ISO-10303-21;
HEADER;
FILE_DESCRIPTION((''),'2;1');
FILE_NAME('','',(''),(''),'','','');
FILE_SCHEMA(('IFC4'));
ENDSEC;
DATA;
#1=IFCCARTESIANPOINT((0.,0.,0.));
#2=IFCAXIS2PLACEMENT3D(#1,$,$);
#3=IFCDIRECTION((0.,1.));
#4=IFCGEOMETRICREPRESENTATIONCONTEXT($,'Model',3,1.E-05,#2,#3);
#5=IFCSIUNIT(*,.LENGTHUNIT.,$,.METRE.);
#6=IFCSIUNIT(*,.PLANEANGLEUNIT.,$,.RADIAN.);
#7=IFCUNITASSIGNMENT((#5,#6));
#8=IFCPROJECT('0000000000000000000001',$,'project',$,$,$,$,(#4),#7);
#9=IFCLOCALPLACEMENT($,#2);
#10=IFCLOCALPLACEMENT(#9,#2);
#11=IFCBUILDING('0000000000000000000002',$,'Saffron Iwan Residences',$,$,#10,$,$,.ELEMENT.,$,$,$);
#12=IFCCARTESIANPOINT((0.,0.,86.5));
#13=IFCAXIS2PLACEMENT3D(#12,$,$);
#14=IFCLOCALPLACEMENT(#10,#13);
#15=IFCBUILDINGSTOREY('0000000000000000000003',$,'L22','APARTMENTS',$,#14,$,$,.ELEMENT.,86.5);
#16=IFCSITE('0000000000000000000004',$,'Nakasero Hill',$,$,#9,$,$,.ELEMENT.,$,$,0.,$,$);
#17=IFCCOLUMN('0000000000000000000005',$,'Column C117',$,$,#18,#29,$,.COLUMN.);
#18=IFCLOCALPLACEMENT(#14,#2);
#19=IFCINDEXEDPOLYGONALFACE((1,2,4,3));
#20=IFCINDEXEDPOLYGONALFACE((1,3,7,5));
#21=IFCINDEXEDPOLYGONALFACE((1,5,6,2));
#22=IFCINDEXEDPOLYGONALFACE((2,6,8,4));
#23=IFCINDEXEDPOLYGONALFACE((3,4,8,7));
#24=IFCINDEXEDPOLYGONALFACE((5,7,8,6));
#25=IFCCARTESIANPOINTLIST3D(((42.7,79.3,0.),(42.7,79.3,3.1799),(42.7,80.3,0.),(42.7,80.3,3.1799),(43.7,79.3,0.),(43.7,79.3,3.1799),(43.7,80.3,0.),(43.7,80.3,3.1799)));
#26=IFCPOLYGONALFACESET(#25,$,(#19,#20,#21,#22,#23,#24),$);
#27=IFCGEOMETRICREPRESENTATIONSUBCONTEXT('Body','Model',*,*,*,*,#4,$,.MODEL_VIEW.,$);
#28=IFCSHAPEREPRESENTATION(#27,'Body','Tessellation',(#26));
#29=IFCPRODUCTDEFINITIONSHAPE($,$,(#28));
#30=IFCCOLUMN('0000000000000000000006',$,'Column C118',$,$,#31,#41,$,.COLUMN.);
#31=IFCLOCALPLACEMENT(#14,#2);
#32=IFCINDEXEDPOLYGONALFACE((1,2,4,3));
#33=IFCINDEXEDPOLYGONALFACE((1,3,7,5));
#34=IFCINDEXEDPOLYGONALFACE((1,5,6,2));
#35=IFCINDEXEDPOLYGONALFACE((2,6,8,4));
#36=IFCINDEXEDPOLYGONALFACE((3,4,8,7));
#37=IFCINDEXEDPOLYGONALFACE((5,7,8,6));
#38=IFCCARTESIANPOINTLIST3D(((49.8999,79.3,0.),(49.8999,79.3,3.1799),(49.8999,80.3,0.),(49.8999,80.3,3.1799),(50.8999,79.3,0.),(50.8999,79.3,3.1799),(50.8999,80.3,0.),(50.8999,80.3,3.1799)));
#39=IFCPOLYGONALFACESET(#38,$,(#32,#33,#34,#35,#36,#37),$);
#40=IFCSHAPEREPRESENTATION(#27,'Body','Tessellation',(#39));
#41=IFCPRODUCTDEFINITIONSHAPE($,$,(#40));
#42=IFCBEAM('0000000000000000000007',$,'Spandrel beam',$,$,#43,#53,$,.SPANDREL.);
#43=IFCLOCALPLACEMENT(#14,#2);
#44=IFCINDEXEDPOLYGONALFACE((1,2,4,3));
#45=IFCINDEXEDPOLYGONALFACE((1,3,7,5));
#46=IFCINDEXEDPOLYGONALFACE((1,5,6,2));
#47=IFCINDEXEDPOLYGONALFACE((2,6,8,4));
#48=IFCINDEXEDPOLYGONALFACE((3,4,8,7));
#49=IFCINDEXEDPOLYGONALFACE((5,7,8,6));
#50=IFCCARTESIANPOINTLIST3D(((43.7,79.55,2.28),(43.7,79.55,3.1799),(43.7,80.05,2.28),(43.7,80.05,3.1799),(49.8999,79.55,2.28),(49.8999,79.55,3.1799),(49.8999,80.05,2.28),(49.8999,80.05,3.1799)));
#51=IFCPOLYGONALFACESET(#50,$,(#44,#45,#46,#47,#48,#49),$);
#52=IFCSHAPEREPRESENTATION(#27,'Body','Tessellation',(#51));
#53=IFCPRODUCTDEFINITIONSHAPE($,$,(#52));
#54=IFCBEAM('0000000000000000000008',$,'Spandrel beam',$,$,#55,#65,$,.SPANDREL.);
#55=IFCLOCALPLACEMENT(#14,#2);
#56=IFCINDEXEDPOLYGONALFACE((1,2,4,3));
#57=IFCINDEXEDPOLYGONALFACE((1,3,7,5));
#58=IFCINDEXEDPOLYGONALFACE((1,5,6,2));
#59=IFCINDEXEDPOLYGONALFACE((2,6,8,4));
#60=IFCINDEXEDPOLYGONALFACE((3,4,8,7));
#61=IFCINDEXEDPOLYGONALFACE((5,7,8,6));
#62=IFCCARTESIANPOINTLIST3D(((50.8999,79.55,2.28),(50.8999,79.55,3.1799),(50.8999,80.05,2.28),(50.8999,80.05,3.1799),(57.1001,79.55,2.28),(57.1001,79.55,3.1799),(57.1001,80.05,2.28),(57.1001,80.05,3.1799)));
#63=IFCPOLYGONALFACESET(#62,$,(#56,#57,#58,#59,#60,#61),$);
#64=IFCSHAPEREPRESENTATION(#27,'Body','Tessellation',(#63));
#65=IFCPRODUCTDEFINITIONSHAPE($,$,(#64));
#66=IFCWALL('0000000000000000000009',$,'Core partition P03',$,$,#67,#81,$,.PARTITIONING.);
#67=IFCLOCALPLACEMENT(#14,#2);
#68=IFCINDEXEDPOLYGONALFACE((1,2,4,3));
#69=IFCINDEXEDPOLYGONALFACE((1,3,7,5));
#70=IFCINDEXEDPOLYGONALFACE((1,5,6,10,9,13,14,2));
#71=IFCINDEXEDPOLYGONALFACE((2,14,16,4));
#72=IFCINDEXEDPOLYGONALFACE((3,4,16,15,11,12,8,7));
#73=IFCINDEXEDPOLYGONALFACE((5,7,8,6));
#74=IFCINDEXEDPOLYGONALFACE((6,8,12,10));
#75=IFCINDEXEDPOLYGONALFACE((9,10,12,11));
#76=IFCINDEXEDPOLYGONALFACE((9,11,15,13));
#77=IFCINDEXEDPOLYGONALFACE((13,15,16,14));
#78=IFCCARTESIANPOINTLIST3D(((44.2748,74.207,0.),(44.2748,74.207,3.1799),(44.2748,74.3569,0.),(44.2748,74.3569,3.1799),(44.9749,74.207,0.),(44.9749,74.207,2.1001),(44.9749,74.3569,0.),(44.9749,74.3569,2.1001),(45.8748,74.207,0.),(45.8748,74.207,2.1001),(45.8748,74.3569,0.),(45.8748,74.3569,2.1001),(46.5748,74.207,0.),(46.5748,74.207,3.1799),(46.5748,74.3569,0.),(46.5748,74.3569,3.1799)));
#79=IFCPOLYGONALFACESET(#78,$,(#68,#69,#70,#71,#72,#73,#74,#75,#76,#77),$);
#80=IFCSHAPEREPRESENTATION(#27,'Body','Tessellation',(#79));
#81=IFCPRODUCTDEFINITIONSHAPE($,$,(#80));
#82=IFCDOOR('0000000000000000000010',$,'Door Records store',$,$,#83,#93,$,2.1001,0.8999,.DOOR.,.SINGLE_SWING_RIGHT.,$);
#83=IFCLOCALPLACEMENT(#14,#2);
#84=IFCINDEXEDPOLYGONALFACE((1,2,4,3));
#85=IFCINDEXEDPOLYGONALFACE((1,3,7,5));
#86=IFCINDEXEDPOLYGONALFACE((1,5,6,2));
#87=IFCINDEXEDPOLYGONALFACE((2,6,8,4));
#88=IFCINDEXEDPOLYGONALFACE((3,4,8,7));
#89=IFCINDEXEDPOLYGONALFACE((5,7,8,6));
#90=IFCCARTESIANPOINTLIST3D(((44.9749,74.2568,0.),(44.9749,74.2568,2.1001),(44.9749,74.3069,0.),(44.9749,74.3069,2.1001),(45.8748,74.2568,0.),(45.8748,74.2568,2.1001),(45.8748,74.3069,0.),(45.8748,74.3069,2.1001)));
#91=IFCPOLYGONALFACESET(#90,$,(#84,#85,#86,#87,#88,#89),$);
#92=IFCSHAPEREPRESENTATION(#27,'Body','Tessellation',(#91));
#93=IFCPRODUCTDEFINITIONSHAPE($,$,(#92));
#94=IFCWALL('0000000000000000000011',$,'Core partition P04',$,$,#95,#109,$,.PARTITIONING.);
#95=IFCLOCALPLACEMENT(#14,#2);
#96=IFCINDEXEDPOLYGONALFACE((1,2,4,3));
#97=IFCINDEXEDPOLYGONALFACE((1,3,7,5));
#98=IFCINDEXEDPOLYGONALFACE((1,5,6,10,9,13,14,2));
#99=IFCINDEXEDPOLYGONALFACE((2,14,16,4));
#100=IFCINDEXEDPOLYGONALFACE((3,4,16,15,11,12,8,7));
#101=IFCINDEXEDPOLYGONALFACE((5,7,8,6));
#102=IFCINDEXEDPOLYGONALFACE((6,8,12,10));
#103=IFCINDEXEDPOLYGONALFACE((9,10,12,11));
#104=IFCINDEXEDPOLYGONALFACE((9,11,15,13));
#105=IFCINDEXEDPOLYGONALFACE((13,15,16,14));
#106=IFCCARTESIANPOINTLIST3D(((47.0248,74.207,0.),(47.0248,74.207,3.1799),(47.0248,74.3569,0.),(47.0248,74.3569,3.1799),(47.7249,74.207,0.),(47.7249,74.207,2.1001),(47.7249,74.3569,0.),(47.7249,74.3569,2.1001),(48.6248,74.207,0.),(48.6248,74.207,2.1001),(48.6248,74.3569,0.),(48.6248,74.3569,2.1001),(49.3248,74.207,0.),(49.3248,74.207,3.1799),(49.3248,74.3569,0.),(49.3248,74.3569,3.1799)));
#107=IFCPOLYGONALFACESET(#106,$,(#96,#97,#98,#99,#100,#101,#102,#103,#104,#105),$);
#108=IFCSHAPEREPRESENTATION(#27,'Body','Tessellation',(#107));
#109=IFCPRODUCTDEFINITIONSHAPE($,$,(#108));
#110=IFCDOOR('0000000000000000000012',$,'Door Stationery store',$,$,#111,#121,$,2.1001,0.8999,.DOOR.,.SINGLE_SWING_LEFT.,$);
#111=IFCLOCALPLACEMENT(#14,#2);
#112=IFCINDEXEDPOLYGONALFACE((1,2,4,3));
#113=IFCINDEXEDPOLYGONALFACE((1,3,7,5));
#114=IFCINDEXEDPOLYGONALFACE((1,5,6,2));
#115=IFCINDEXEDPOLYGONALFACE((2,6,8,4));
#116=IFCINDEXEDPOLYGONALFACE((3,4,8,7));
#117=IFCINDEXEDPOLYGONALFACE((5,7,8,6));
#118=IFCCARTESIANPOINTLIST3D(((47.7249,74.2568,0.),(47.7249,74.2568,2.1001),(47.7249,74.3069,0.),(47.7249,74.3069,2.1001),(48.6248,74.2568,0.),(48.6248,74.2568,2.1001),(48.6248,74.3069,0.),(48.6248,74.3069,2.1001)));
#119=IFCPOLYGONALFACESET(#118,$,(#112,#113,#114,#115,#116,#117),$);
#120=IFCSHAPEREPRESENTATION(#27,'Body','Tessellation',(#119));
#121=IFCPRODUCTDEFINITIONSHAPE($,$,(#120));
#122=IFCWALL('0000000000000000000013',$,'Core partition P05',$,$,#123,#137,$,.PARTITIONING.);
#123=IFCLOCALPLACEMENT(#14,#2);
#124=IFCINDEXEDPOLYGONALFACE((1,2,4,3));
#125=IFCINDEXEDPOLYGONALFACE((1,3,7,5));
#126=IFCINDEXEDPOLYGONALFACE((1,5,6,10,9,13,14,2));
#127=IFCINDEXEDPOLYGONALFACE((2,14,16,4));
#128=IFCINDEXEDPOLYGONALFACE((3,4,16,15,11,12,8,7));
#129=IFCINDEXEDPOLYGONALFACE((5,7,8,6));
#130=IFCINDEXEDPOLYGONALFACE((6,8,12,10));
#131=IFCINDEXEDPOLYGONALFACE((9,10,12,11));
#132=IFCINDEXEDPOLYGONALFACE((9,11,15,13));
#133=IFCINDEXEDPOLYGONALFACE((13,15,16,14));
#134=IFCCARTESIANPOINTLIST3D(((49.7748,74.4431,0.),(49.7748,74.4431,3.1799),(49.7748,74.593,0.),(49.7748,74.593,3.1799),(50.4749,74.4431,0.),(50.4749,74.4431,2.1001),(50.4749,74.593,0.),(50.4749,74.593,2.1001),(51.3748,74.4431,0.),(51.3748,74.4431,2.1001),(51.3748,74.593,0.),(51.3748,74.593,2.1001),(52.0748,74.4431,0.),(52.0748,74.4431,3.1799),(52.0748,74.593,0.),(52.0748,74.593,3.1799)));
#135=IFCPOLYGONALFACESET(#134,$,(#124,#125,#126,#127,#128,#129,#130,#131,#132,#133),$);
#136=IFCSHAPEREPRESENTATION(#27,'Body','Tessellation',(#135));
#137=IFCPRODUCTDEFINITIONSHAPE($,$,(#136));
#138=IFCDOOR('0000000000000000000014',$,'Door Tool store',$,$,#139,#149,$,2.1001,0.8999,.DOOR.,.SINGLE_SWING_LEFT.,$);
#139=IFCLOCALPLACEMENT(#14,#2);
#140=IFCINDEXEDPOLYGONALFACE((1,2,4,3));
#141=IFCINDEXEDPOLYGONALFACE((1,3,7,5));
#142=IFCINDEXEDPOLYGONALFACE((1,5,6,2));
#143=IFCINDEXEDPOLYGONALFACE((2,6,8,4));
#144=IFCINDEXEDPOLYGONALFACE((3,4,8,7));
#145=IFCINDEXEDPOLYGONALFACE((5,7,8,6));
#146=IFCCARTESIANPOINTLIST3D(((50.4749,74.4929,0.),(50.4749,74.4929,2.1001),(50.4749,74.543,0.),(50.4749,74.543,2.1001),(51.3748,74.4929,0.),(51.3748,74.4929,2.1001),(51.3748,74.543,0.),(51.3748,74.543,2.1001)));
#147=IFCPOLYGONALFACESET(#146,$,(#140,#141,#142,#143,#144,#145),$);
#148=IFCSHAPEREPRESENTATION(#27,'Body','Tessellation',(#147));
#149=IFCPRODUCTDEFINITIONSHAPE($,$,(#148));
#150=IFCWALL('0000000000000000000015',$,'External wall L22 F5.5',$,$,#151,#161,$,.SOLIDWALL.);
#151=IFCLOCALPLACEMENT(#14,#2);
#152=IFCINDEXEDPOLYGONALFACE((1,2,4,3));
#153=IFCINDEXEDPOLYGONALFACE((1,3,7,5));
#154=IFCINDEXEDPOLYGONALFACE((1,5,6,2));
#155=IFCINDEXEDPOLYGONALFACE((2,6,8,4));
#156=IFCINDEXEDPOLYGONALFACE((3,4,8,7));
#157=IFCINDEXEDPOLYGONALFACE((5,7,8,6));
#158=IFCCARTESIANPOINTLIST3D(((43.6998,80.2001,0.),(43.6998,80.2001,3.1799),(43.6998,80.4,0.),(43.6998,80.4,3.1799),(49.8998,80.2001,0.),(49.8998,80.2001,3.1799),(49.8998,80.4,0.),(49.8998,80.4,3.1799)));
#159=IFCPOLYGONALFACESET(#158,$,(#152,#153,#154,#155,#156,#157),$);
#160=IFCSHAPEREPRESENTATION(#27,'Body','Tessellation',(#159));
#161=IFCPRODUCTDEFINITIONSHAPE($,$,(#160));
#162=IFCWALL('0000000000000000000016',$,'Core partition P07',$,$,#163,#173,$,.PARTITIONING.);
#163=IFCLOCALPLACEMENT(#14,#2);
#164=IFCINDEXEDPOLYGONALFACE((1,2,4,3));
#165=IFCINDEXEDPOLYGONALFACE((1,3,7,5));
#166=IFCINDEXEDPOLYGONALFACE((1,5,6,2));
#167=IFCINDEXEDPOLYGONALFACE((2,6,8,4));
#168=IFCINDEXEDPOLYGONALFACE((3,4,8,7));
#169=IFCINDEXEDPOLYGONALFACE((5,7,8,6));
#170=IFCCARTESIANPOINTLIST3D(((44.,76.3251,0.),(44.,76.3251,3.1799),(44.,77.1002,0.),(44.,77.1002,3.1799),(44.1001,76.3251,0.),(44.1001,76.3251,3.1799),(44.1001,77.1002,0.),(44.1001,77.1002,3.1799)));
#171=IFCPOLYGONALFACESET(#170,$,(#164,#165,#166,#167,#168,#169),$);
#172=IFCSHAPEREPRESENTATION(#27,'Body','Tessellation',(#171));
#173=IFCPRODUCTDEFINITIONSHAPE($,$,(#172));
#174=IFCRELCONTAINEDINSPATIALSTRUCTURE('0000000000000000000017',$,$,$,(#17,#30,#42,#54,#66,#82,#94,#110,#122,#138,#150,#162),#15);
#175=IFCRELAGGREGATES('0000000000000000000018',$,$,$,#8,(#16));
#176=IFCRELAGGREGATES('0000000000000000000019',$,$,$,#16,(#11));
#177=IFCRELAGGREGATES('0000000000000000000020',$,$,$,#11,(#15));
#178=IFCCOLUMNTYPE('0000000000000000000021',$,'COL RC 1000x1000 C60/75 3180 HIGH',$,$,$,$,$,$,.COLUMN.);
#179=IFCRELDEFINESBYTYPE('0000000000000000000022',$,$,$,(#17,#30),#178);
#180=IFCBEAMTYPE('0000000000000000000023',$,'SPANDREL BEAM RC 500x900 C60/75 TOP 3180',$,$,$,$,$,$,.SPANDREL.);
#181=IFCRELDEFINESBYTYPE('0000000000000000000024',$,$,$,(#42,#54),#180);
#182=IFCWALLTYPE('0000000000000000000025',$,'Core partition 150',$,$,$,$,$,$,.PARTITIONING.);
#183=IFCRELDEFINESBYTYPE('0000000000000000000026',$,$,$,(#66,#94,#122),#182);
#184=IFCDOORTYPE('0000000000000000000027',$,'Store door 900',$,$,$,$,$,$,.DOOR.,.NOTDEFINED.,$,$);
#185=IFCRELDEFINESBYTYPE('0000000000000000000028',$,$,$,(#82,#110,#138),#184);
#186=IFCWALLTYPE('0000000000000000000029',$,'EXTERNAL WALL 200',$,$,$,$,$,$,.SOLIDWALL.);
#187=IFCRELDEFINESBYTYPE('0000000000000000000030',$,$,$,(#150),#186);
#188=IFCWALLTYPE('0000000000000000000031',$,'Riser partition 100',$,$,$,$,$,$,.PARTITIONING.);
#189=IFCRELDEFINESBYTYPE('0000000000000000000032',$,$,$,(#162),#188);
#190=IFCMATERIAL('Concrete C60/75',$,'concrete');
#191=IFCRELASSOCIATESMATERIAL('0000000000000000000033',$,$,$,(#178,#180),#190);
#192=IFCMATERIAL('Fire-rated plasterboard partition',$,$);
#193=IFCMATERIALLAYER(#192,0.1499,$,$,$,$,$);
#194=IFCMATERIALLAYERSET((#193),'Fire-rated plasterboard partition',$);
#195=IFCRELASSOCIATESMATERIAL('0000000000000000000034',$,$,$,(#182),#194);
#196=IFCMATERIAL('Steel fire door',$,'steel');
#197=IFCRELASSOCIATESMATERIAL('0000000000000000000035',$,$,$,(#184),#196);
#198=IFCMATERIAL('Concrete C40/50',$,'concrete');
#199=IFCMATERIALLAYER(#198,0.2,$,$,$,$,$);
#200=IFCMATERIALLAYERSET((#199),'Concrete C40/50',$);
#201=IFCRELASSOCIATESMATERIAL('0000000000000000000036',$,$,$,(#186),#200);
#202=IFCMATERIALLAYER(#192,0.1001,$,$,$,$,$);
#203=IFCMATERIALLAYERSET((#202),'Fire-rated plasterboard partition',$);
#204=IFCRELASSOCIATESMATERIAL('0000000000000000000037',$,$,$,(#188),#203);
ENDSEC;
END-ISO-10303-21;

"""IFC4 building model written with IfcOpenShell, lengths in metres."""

from ifc_helpers import new_model, si_unit, direction, frame, frame_2d, origin, origin_2d, place, context, subcontext, project, spatial, rectangle, extrude, source, transform, mapped, material, layer, layer_set, material_profile, profile_set, type_object, element, fill, save


model = new_model("IFC4")

# Units and contexts
model_context = context("Model", 3, precision=1e-05, world=origin(), true_north=direction((0.0, 1.0)))
body_context = subcontext(model_context, "Body", "Model", "MODEL_VIEW")
ifc_project = project(units=[si_unit("LENGTHUNIT", "METRE"), si_unit("PLANEANGLEUNIT", "RADIAN")], contexts=[model_context])

# Site, building, storey
site_placement = place(None, origin())
site = spatial("IfcSite", under=ifc_project, at=site_placement, Name="Nakasero Hill", CompositionType="ELEMENT", RefElevation=0.0)
building_placement = place(site_placement, origin())
building = spatial("IfcBuilding", under=site, at=building_placement, Name="Saffron Iwan Residences", CompositionType="ELEMENT")
storey_placement = place(building_placement, frame((0.0, 0.0, 86.5)))
storey = spatial("IfcBuildingStorey", under=building, at=storey_placement, Name="L22", Description="APARTMENTS", CompositionType="ELEMENT", Elevation=86.5)

# Columns
ifc_material_1 = material(Name="Concrete C60/75", Category="concrete")
ifc_material_profile_1 = material_profile(ifc_material_1, rectangle(XDim=1.0, YDim=1.0, at=origin_2d()), Name="RC 1000x1000")
ifc_profile_set_1 = profile_set([ifc_material_profile_1], Name="Concrete C60/75")
column_type = type_object("IfcColumnType", Name="COL RC 1000x1000 C60/75 3180 HIGH", PredefinedType="COLUMN", material=ifc_profile_set_1)
shared_shape_1 = source(origin(), body_context, "Body", "SweptSolid", [
    extrude(rectangle(XDim=1.0, YDim=1.0, at=origin_2d()), origin(), (0.0, 0.0, 1.0), 3.1799),
])
for number, where, z_axis, x_axis, name in (
    (1, (43.2, 79.8, 0.0), (0.0, 0.0, 1.0), (1.0, 0.0, 0.0), "Column C117"),
    (2, (50.3999, 79.8, 0.0), (0.0, 0.0, 1.0), (1.0, 0.0, 0.0), "Column C118"),
):
    element("IfcColumn", number, at=place(storey_placement, frame(where, z_axis=z_axis, x_axis=x_axis)), inside=storey, type_object=column_type, Name=name, PredefinedType="COLUMN", context=body_context, shape_type="MappedRepresentation", body=[
        mapped(shared_shape_1, transform((0.0, 0.0, 0.0))),
    ])

# Beams
ifc_material_profile_2 = material_profile(ifc_material_1, rectangle(XDim=0.5, YDim=0.8999, at=origin_2d()), Name="RC 500x900")
ifc_profile_set_2 = profile_set([ifc_material_profile_2], Name="Concrete C60/75")
beam_type = type_object("IfcBeamType", Name="SPANDREL BEAM RC 500x900 C60/75 TOP 3180", PredefinedType="SPANDREL", material=ifc_profile_set_2)
shared_shape_2 = source(origin(), body_context, "Body", "SweptSolid", [
    extrude(rectangle(XDim=0.5, YDim=0.8999, at=origin_2d()), origin(), (0.0, 0.0, 1.0), 6.2),
])
beam_1_placement = place(storey_placement, frame((43.7, 79.8, 2.73), z_axis=(1.0, 0.0, 0.0), x_axis=(0.0, 1.0, 0.0)))
element("IfcBeam", 3, at=beam_1_placement, inside=storey, type_object=beam_type, Name="Spandrel beam", PredefinedType="SPANDREL", context=body_context, shape_type="MappedRepresentation", body=[
    mapped(shared_shape_2, transform((0.0, 0.0, 0.0))),
])
shared_shape_3 = source(origin(), body_context, "Body", "SweptSolid", [
    extrude(rectangle(XDim=0.5, YDim=0.8999, at=origin_2d()), origin(), (0.0, 0.0, 1.0), 6.2002),
])
beam_2_placement = place(storey_placement, frame((50.8999, 79.8, 2.73), z_axis=(1.0, 0.0, 0.0), x_axis=(0.0, 1.0, 0.0)))
element("IfcBeam", 4, at=beam_2_placement, inside=storey, type_object=beam_type, Name="Spandrel beam", PredefinedType="SPANDREL", context=body_context, shape_type="MappedRepresentation", body=[
    mapped(shared_shape_3, transform((0.0, 0.0, 0.0))),
])

# Walls, openings, doors
ifc_material_2 = material(Name="Fire-rated plasterboard partition")
ifc_layer_1 = layer(ifc_material_2, 0.1499)
ifc_layer_set_1 = layer_set([ifc_layer_1], Name="Fire-rated plasterboard partition")
wall_type_1 = type_object("IfcWallType", Name="Core partition 150", PredefinedType="PARTITIONING", material=ifc_layer_set_1)
wall_1_placement = place(storey_placement, frame((44.2749, 74.282, 0.0), z_axis=(0.0, 0.0, 1.0), x_axis=(1.0, 0.0, 0.0)))
wall_1 = element("IfcWall", 5, at=wall_1_placement, inside=storey, type_object=wall_type_1, Name="Core partition P03", PredefinedType="PARTITIONING", context=body_context, shape_type="SweptSolid", body=[
    extrude(rectangle(XDim=2.3, YDim=0.1499, at=frame_2d((1.1499, 0.0))), origin(), (0.0, 0.0, 1.0), 3.1799),
])
opening_1_placement = place(wall_1_placement, frame((0.7, 0.0, 0.0)))
opening_1 = element("IfcOpeningElement", 6, at=opening_1_placement, cuts=wall_1, PredefinedType="OPENING", context=body_context, shape_type="SweptSolid", body=[
    extrude(rectangle(XDim=0.8999, YDim=2.1001, at=frame_2d((0.45, 1.05))), frame((0.0, 0.085, 0.0), z_axis=(0.0, -1.0, 0.0), x_axis=(1.0, 0.0, 0.0)), (0.0, 0.0, 1.0), 0.1699),
])
ifc_material_3 = material(Name="Steel fire door", Category="steel")
door_type = type_object("IfcDoorType", Name="Store door 900", OperationType="NOTDEFINED", PredefinedType="DOOR", material=ifc_material_3)
door_1_placement = place(opening_1_placement, origin())
door_1 = element("IfcDoor", 7, at=door_1_placement, inside=storey, type_object=door_type, Name="Door Records store", OperationType="SINGLE_SWING_RIGHT", OverallHeight=2.1001, OverallWidth=0.8999, PredefinedType="DOOR", context=body_context, shape_type="SweptSolid", body=[
    extrude(rectangle(XDim=0.8999, YDim=2.1001, at=frame_2d((0.45, 1.05))), frame((0.0, 0.0249, 0.0), z_axis=(0.0, -1.0, 0.0), x_axis=(1.0, 0.0, 0.0)), (0.0, 0.0, 1.0), 0.05),
])
fill(opening_1, door_1)
wall_2_placement = place(storey_placement, frame((47.0249, 74.282, 0.0), z_axis=(0.0, 0.0, 1.0), x_axis=(1.0, 0.0, 0.0)))
wall_2 = element("IfcWall", 8, at=wall_2_placement, inside=storey, type_object=wall_type_1, Name="Core partition P04", PredefinedType="PARTITIONING", context=body_context, shape_type="SweptSolid", body=[
    extrude(rectangle(XDim=2.3, YDim=0.1499, at=frame_2d((1.1499, 0.0))), origin(), (0.0, 0.0, 1.0), 3.1799),
])
opening_2_placement = place(wall_2_placement, frame((0.7, 0.0, 0.0)))
opening_2 = element("IfcOpeningElement", 9, at=opening_2_placement, cuts=wall_2, PredefinedType="OPENING", context=body_context, shape_type="SweptSolid", body=[
    extrude(rectangle(XDim=0.8999, YDim=2.1001, at=frame_2d((0.45, 1.05))), frame((0.0, 0.085, 0.0), z_axis=(0.0, -1.0, 0.0), x_axis=(1.0, 0.0, 0.0)), (0.0, 0.0, 1.0), 0.1699),
])
door_2_placement = place(opening_2_placement, origin())
door_2 = element("IfcDoor", 10, at=door_2_placement, inside=storey, type_object=door_type, Name="Door Stationery store", OperationType="SINGLE_SWING_LEFT", OverallHeight=2.1001, OverallWidth=0.8999, PredefinedType="DOOR", context=body_context, shape_type="SweptSolid", body=[
    extrude(rectangle(XDim=0.8999, YDim=2.1001, at=frame_2d((0.45, 1.05))), frame((0.0, 0.0249, 0.0), z_axis=(0.0, -1.0, 0.0), x_axis=(1.0, 0.0, 0.0)), (0.0, 0.0, 1.0), 0.05),
])
fill(opening_2, door_2)
wall_3_placement = place(storey_placement, frame((49.7749, 74.5181, 0.0), z_axis=(0.0, 0.0, 1.0), x_axis=(1.0, 0.0, 0.0)))
wall_3 = element("IfcWall", 11, at=wall_3_placement, inside=storey, type_object=wall_type_1, Name="Core partition P05", PredefinedType="PARTITIONING", context=body_context, shape_type="SweptSolid", body=[
    extrude(rectangle(XDim=2.3, YDim=0.1499, at=frame_2d((1.1499, 0.0))), origin(), (0.0, 0.0, 1.0), 3.1799),
])
opening_3_placement = place(wall_3_placement, frame((0.7, 0.0, 0.0)))
opening_3 = element("IfcOpeningElement", 12, at=opening_3_placement, cuts=wall_3, PredefinedType="OPENING", context=body_context, shape_type="SweptSolid", body=[
    extrude(rectangle(XDim=0.8999, YDim=2.1001, at=frame_2d((0.45, 1.05))), frame((0.0, 0.085, 0.0), z_axis=(0.0, -1.0, 0.0), x_axis=(1.0, 0.0, 0.0)), (0.0, 0.0, 1.0), 0.1699),
])
door_3_placement = place(opening_3_placement, origin())
door_3 = element("IfcDoor", 13, at=door_3_placement, inside=storey, type_object=door_type, Name="Door Tool store", OperationType="SINGLE_SWING_LEFT", OverallHeight=2.1001, OverallWidth=0.8999, PredefinedType="DOOR", context=body_context, shape_type="SweptSolid", body=[
    extrude(rectangle(XDim=0.8999, YDim=2.1001, at=frame_2d((0.45, 1.05))), frame((0.0, 0.0249, 0.0), z_axis=(0.0, -1.0, 0.0), x_axis=(1.0, 0.0, 0.0)), (0.0, 0.0, 1.0), 0.05),
])
fill(opening_3, door_3)

# Walls
ifc_material_4 = material(Name="Concrete C40/50", Category="concrete")
ifc_layer_2 = layer(ifc_material_4, 0.2)
ifc_layer_set_2 = layer_set([ifc_layer_2], Name="Concrete C40/50")
wall_type_2 = type_object("IfcWallType", Name="EXTERNAL WALL 200", PredefinedType="SOLIDWALL", material=ifc_layer_set_2)
wall_4_placement = place(storey_placement, frame((49.8999, 80.3, 0.0), z_axis=(0.0, 0.0, 1.0), x_axis=(-1.0, 0.0, 0.0)))
element("IfcWall", 14, at=wall_4_placement, inside=storey, type_object=wall_type_2, Name="External wall L22 F5.5", PredefinedType="SOLIDWALL", context=body_context, shape_type="SweptSolid", body=[
    extrude(rectangle(XDim=6.2, YDim=0.2, at=frame_2d((3.1001, 0.0))), origin(), (0.0, 0.0, 1.0), 3.1799),
])
ifc_layer_3 = layer(ifc_material_2, 0.1001)
ifc_layer_set_3 = layer_set([ifc_layer_3], Name="Fire-rated plasterboard partition")
wall_type_3 = type_object("IfcWallType", Name="Riser partition 100", PredefinedType="PARTITIONING", material=ifc_layer_set_3)
for number, where, z_axis, x_axis, name in (
    (15, (44.05, 76.325, 0.0), (0.0, 0.0, 1.0), (0.0, 1.0, 0.0), "Core partition P07"),
):
    element("IfcWall", number, at=place(storey_placement, frame(where, z_axis=z_axis, x_axis=x_axis)), inside=storey, type_object=wall_type_3, Name=name, PredefinedType="PARTITIONING", context=body_context, shape_type="SweptSolid", body=[
        extrude(rectangle(XDim=0.7751, YDim=0.1001, at=frame_2d((0.3877, 0.0))), origin(), (0.0, 0.0, 1.0), 3.1799),
    ])

save(model, "model.ifc")
